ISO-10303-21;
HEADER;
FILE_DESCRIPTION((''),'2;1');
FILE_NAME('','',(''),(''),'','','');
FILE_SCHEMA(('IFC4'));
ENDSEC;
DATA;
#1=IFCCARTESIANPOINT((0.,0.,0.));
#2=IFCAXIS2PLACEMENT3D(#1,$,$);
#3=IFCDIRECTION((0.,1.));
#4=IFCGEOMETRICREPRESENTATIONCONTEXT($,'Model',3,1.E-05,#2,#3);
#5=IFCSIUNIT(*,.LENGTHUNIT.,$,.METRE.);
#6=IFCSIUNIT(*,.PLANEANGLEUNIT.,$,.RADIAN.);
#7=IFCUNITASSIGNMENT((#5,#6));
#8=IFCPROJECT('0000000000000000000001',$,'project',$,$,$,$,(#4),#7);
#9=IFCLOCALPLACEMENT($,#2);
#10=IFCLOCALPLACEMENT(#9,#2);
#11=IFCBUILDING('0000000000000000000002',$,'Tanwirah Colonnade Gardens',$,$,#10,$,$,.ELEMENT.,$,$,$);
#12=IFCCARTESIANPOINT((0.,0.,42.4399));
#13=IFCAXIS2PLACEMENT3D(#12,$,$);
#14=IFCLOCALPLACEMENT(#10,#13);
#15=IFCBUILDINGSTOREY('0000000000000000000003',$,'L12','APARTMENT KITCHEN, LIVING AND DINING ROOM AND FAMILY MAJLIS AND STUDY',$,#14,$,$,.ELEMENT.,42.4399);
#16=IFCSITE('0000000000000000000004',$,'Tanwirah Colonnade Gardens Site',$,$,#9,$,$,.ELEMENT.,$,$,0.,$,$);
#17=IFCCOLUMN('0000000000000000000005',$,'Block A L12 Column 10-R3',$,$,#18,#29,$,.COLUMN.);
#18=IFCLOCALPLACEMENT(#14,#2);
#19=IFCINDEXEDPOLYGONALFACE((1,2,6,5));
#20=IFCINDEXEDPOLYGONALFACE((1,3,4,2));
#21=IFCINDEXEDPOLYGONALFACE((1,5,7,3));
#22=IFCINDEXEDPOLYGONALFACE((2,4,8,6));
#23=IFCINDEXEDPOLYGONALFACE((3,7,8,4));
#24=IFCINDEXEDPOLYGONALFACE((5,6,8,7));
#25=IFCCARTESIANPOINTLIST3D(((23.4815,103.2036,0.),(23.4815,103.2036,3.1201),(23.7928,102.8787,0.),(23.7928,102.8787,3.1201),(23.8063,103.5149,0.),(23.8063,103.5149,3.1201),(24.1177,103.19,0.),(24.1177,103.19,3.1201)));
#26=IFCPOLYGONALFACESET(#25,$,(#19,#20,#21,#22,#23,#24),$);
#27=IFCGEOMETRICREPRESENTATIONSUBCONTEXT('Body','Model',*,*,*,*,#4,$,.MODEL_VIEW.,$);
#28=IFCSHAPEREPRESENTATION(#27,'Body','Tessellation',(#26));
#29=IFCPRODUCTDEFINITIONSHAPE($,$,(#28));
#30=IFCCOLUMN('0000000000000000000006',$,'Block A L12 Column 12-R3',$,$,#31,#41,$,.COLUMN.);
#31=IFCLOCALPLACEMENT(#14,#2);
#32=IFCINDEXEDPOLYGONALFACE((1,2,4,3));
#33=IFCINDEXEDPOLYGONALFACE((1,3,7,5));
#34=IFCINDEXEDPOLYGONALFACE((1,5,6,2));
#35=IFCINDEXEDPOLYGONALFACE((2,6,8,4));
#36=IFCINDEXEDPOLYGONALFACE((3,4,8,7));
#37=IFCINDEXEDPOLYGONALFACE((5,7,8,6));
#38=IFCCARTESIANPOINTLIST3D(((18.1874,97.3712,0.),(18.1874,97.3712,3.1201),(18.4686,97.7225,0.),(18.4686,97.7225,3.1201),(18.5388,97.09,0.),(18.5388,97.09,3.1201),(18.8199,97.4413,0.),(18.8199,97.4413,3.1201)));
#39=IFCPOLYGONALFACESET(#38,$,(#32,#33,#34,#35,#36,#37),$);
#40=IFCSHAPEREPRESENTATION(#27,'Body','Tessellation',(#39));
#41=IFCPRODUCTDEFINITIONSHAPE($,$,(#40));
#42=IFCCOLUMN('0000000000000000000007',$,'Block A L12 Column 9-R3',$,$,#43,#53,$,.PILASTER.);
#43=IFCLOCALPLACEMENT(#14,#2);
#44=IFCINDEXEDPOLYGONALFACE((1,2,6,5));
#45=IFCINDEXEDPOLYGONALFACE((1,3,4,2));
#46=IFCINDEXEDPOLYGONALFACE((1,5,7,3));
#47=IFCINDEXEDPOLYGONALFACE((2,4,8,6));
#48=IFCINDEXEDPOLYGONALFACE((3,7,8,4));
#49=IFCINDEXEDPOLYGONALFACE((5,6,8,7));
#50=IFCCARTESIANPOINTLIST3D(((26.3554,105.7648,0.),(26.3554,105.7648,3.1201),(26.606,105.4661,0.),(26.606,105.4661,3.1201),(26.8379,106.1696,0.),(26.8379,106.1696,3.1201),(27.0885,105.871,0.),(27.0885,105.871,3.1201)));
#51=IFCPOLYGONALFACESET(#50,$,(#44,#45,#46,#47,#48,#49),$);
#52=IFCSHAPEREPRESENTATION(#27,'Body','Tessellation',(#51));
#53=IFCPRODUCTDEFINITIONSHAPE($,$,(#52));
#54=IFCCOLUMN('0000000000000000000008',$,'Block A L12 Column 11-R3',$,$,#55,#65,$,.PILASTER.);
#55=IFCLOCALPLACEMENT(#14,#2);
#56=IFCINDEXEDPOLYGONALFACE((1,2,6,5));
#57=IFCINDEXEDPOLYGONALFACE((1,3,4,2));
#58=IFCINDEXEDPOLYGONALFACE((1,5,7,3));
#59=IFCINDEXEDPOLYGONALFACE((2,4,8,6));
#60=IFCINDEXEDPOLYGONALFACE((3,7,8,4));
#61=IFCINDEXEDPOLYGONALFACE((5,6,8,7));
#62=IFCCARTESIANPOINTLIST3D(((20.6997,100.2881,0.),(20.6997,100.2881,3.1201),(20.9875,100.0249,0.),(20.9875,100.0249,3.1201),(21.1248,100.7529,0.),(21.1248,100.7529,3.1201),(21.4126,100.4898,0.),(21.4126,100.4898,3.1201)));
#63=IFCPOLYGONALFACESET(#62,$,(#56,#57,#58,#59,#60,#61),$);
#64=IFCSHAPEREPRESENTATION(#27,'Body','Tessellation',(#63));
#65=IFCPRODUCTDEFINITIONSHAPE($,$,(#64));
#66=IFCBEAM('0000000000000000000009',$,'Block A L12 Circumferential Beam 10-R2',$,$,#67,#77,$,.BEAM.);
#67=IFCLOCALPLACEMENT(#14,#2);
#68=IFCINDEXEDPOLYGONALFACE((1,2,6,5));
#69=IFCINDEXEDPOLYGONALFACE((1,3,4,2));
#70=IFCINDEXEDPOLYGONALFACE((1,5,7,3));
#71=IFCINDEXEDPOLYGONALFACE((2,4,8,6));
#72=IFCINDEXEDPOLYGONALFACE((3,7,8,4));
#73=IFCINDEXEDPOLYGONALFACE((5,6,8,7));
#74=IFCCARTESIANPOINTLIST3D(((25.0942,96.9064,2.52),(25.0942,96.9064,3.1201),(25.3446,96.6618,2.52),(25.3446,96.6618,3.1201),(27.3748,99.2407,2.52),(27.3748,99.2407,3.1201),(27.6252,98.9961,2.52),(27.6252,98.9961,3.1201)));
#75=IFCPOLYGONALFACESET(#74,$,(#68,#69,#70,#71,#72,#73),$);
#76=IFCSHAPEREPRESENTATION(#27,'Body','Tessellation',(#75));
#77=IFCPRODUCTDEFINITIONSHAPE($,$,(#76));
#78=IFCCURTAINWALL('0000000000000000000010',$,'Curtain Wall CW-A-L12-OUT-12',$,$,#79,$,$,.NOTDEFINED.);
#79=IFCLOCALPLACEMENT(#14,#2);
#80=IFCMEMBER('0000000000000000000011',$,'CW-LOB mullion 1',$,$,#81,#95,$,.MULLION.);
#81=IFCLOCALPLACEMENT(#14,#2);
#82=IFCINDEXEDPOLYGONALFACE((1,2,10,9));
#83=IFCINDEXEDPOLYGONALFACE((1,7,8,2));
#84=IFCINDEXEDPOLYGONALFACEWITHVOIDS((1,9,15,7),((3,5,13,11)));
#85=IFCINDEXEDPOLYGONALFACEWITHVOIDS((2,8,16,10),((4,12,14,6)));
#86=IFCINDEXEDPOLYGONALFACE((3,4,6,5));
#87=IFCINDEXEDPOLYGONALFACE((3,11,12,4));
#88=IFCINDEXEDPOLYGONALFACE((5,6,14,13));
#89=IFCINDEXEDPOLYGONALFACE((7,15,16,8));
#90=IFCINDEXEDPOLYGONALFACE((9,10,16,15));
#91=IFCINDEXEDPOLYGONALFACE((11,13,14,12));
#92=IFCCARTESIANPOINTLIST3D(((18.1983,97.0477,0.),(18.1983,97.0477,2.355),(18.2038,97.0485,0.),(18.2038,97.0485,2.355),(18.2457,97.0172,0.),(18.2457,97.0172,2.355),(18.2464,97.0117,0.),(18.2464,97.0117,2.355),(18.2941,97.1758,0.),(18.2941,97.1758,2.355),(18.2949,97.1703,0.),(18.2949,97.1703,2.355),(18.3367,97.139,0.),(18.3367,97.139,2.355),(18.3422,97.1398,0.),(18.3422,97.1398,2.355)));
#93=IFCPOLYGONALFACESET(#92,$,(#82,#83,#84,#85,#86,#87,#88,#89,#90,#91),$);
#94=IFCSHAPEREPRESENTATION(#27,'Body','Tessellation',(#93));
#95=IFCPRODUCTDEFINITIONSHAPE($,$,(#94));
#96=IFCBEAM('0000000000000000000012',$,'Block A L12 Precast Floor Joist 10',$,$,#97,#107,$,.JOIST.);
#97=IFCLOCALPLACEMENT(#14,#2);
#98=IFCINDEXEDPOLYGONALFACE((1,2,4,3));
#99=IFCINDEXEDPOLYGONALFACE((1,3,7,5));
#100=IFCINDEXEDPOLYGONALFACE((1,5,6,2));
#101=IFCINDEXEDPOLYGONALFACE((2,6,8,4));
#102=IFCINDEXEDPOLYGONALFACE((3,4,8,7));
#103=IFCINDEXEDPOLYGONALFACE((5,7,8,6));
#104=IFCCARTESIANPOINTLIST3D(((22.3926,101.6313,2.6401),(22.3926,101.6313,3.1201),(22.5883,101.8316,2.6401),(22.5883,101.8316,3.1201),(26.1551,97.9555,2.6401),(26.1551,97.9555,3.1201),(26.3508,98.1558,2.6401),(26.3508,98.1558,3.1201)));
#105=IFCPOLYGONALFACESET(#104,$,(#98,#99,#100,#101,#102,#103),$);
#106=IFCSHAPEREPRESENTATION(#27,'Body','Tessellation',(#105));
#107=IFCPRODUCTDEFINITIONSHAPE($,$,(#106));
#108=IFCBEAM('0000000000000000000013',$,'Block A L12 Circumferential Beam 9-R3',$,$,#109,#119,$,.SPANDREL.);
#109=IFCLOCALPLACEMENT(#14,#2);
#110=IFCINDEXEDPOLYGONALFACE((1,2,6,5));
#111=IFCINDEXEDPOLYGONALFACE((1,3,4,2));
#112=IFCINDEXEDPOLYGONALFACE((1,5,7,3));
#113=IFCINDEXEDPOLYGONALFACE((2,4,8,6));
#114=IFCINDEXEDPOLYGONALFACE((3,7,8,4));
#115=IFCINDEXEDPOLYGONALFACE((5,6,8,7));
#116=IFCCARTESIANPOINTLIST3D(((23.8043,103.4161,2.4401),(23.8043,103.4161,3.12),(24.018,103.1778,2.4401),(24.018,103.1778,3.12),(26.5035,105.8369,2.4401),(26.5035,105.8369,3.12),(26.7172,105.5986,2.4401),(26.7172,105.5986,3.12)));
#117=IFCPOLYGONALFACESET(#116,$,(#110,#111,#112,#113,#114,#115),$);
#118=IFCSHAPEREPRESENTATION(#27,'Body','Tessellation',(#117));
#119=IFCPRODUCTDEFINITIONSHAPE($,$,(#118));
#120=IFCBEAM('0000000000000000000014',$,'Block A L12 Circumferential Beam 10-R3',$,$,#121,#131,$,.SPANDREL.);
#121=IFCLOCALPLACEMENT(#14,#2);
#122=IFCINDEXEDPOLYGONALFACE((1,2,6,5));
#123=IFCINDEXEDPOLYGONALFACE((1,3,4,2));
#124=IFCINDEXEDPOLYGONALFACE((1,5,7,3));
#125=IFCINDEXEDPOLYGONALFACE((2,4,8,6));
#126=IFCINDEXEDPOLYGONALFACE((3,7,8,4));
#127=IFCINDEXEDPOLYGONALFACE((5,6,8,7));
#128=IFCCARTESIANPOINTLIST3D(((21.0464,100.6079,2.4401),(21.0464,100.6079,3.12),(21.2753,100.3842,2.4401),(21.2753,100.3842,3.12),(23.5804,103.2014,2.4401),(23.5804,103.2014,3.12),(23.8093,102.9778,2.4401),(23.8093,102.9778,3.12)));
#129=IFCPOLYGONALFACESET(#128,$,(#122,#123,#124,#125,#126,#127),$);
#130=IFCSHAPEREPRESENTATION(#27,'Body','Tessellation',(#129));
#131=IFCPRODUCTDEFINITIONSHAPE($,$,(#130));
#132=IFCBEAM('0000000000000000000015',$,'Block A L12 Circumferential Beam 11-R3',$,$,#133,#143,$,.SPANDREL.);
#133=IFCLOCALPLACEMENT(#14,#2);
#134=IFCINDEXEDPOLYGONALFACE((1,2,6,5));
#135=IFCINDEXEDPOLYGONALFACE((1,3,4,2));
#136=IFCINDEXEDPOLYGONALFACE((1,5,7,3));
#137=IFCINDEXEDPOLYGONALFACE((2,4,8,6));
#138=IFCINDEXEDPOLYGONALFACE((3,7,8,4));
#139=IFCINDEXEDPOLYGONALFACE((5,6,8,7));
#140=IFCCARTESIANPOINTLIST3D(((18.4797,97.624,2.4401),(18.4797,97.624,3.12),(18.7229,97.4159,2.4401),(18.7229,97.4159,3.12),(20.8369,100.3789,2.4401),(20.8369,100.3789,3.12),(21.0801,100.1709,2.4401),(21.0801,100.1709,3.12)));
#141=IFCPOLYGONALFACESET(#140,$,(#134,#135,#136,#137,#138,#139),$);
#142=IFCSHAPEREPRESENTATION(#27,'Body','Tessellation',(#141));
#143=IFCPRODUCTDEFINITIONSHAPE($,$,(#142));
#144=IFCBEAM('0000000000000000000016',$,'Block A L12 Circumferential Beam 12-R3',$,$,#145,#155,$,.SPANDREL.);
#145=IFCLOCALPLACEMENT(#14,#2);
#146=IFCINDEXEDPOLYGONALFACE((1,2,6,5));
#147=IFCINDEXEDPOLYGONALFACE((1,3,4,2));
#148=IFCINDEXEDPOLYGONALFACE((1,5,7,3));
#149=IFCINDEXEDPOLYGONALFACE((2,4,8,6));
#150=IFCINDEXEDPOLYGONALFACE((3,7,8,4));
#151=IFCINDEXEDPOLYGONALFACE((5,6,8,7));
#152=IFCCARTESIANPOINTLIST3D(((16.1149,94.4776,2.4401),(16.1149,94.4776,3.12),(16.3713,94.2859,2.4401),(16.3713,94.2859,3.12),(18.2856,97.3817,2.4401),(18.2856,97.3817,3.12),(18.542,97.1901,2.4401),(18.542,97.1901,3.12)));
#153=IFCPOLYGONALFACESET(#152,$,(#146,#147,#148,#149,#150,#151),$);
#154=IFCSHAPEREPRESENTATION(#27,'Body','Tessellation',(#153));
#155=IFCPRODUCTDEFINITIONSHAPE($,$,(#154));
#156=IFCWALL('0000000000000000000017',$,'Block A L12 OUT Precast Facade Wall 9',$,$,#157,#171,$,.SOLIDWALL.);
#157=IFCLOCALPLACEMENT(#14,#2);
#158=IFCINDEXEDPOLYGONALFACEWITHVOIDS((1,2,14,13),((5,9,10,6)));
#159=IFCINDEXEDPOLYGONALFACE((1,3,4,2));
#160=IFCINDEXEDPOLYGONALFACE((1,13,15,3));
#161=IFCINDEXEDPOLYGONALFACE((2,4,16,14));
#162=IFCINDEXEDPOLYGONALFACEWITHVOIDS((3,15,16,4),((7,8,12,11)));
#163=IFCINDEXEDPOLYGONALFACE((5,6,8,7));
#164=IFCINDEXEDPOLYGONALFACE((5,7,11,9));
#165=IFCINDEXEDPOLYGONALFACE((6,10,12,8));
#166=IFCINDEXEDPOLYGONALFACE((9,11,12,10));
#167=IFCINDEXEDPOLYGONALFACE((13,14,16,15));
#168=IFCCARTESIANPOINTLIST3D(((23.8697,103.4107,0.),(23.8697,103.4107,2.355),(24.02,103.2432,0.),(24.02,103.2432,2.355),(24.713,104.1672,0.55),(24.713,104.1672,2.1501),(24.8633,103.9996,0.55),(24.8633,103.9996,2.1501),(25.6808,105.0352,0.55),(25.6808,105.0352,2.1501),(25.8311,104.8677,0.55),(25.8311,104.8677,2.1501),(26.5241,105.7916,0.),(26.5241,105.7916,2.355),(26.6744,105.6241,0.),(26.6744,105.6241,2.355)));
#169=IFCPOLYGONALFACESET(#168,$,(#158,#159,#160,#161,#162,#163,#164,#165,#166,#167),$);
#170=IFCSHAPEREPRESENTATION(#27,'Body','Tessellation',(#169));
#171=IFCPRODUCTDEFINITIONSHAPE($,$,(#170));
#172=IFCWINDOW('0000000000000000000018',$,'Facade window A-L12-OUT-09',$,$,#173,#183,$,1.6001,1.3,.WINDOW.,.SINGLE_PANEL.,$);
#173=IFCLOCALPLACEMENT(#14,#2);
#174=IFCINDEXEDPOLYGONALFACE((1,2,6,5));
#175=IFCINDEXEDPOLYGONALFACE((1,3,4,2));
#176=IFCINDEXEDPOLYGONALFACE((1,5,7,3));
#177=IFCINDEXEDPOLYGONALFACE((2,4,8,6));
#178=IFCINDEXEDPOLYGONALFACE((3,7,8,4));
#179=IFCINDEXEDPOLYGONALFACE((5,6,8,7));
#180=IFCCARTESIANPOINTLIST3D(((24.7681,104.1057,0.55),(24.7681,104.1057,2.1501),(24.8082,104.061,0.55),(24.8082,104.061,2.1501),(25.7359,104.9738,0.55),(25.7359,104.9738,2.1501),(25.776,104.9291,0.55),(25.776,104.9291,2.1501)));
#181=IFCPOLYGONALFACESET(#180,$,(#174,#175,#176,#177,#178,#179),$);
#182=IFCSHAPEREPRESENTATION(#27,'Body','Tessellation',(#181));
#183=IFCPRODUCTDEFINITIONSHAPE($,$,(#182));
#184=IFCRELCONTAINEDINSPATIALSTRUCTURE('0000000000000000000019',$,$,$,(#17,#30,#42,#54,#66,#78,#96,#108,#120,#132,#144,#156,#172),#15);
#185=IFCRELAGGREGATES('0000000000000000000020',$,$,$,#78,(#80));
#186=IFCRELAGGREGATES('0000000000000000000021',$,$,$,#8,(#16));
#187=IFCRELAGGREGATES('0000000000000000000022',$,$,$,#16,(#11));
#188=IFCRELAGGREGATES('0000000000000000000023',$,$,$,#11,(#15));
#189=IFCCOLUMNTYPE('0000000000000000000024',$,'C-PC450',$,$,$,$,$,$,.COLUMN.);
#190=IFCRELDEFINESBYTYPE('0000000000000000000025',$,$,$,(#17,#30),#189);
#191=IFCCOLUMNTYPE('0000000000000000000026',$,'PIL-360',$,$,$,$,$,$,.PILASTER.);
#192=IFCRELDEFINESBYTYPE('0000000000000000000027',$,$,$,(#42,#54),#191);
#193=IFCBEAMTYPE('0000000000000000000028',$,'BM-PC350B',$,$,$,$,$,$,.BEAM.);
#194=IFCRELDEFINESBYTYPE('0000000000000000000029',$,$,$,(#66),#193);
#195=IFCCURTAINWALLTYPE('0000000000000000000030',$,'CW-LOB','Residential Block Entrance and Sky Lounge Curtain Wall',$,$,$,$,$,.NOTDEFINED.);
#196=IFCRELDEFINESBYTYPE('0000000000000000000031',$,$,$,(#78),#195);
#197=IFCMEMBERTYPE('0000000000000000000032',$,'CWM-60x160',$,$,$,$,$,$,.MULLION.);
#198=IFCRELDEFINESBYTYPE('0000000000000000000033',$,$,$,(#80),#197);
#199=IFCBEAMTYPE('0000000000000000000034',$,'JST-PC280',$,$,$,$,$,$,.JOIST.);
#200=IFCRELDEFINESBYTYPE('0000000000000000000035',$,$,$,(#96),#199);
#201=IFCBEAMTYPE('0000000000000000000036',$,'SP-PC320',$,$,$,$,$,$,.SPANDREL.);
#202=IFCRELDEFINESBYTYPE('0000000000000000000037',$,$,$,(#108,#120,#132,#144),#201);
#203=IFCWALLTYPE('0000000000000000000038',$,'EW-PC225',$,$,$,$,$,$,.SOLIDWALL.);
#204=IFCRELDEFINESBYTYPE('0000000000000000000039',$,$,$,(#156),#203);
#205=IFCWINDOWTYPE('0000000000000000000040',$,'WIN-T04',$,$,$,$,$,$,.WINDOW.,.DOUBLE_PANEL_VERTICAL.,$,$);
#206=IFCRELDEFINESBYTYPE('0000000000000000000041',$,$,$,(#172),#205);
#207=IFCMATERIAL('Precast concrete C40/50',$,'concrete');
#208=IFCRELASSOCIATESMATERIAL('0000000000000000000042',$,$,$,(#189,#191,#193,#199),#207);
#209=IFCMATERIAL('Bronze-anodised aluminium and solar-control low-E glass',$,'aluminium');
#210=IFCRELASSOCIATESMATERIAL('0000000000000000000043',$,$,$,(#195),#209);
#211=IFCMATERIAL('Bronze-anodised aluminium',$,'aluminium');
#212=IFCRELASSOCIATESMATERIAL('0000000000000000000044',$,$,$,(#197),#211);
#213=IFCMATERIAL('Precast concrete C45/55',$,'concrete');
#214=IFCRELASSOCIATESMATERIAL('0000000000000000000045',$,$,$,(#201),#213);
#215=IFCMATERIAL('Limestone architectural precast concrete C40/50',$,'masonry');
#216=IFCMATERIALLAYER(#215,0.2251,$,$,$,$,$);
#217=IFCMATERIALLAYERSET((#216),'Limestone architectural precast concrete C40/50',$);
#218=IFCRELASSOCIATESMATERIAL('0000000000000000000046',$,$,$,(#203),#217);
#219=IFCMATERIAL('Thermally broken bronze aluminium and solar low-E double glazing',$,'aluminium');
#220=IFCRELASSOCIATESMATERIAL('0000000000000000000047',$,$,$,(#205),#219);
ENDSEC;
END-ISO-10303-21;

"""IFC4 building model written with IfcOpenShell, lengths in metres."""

from ifc_helpers import new_model, si_unit, direction, frame, frame_2d, origin, origin_2d, place, context, subcontext, project, spatial, rectangle, hollow_rectangle, extrude, material, layer, layer_set, material_profile, profile_set, type_object, element, fill, aggregate, save


model = new_model("IFC4")

# Units and contexts
model_context = context("Model", 3, precision=1e-05, world=origin(), true_north=direction((0.0, 1.0)))
body_context = subcontext(model_context, "Body", "Model", "MODEL_VIEW")
ifc_project = project(units=[si_unit("LENGTHUNIT", "METRE"), si_unit("PLANEANGLEUNIT", "RADIAN")], contexts=[model_context])

# Site, building, storey
site_placement = place(None, origin())
site = spatial("IfcSite", under=ifc_project, at=site_placement, Name="Tanwirah Colonnade Gardens Site", CompositionType="ELEMENT", RefElevation=0.0)
building_placement = place(site_placement, origin())
building = spatial("IfcBuilding", under=site, at=building_placement, Name="Tanwirah Colonnade Gardens", CompositionType="ELEMENT")
storey_placement = place(building_placement, frame((0.0, 0.0, 42.4399)))
storey = spatial("IfcBuildingStorey", under=building, at=storey_placement, Name="L12", Description="APARTMENT KITCHEN, LIVING AND DINING ROOM AND FAMILY MAJLIS AND STUDY", CompositionType="ELEMENT", Elevation=42.4399)

# Columns
ifc_material_1 = material(Name="Precast concrete C40/50", Category="concrete")
ifc_material_profile_1 = material_profile(ifc_material_1, rectangle(XDim=0.45, YDim=0.45, at=origin_2d()), Name="PC-COL 450x450")
ifc_profile_set_1 = profile_set([ifc_material_profile_1], Name="Precast concrete C40/50")
column_type_1 = type_object("IfcColumnType", Name="C-PC450", PredefinedType="COLUMN", material=ifc_profile_set_1)
for number, where, z_axis, x_axis, name in (
    (1, (23.7996, 103.1968, 0.0), (0.0, 0.0, 1.0), (-0.691863, 0.722029, 0.0), "Block A L12 Column 10-R3"),
    (2, (18.5037, 97.4062, 0.0), (0.0, 0.0, 1.0), (-0.780794, 0.624788, 0.0), "Block A L12 Column 12-R3"),
):
    element("IfcColumn", number, at=place(storey_placement, frame(where, z_axis=z_axis, x_axis=x_axis)), inside=storey, type_object=column_type_1, Name=name, PredefinedType="COLUMN", context=body_context, shape_type="SweptSolid", body=[
        extrude(rectangle(XDim=0.45, YDim=0.45, at=origin_2d()), origin(), (0.0, 0.0, 1.0), 3.1201),
    ])
ifc_material_profile_2 = material_profile(ifc_material_1, rectangle(XDim=0.3899, YDim=0.6299, at=origin_2d()), Name="PC-PIL 390x630")
ifc_profile_set_2 = profile_set([ifc_material_profile_2], Name="Precast concrete C40/50")
column_type_2 = type_object("IfcColumnType", Name="PIL-360", PredefinedType="PILASTER", material=ifc_profile_set_2)
for number, where, z_axis, x_axis, name in (
    (3, (26.7219, 105.8179, 0.0), (0.0, 0.0, 1.0), (-0.642788, 0.766044, 0.0), "Block A L12 Column 9-R3"),
    (4, (21.0562, 100.3889, 0.0), (0.0, 0.0, 1.0), (-0.737932, 0.674875, 0.0), "Block A L12 Column 11-R3"),
):
    element("IfcColumn", number, at=place(storey_placement, frame(where, z_axis=z_axis, x_axis=x_axis)), inside=storey, type_object=column_type_2, Name=name, PredefinedType="PILASTER", context=body_context, shape_type="SweptSolid", body=[
        extrude(rectangle(XDim=0.3899, YDim=0.6299, at=origin_2d()), origin(), (0.0, 0.0, 1.0), 3.1201),
    ])

# Beam
ifc_material_profile_3 = material_profile(ifc_material_1, rectangle(XDim=0.3501, YDim=0.6001, at=origin_2d()), Name="PC-BM 350x600")
ifc_profile_set_3 = profile_set([ifc_material_profile_3], Name="Precast concrete C40/50")
beam_type_1 = type_object("IfcBeamType", Name="BM-PC350B", PredefinedType="BEAM", material=ifc_profile_set_3)
beam_1_placement = place(storey_placement, frame((27.5, 99.1184, 2.8201), z_axis=(-0.698829, -0.715288, 0.0), x_axis=(0.715288, -0.698829, 0.0)))
element("IfcBeam", 5, at=beam_1_placement, inside=storey, type_object=beam_type_1, Name="Block A L12 Circumferential Beam 10-R2", PredefinedType="BEAM", context=body_context, shape_type="SweptSolid", body=[
    extrude(rectangle(XDim=0.3501, YDim=0.6001, at=origin_2d()), origin(), (0.0, 0.0, 1.0), 3.2634),
])

# Curtain wall, member
ifc_material_2 = material(Name="Bronze-anodised aluminium and solar-control low-E glass", Category="aluminium")
curtain_wall_type = type_object("IfcCurtainWallType", Name="CW-LOB", Description="Residential Block Entrance and Sky Lounge Curtain Wall", PredefinedType="NOTDEFINED", material=ifc_material_2)
curtain_wall_placement = place(storey_placement, origin())
curtain_wall = element("IfcCurtainWall", 6, at=curtain_wall_placement, inside=storey, type_object=curtain_wall_type, Name="Curtain Wall CW-A-L12-OUT-12", PredefinedType="NOTDEFINED")
ifc_material_3 = material(Name="Bronze-anodised aluminium", Category="aluminium")
ifc_material_profile_4 = material_profile(ifc_material_3, hollow_rectangle(XDim=0.0601, YDim=0.1599, WallThickness=0.0039, at=origin_2d()), Name="CW-MUL 60x160x4")
ifc_profile_set_4 = profile_set([ifc_material_profile_4], Name="Bronze-anodised aluminium")
member_type = type_object("IfcMemberType", Name="CWM-60x160", PredefinedType="MULLION", material=ifc_profile_set_4)
member_placement = place(storey_placement, frame((18.2703, 97.0938, 0.0), z_axis=(0.0, 0.0, 1.0), x_axis=(0.800963, -0.598714, 0.0)))
member = element("IfcMember", 7, at=member_placement, type_object=member_type, Name="CW-LOB mullion 1", PredefinedType="MULLION", context=body_context, shape_type="SweptSolid", body=[
    extrude(hollow_rectangle(XDim=0.0601, YDim=0.1599, WallThickness=0.0039, at=origin_2d()), origin(), (0.0, 0.0, 1.0), 2.355),
])
aggregate(curtain_wall, [member])

# Beams
ifc_material_profile_5 = material_profile(ifc_material_1, rectangle(XDim=0.28, YDim=0.48, at=origin_2d()), Name="PC-JST 280x480")
ifc_profile_set_5 = profile_set([ifc_material_profile_5], Name="Precast concrete C40/50")
beam_type_2 = type_object("IfcBeamType", Name="JST-PC280", PredefinedType="JOIST", material=ifc_profile_set_5)
beam_2_placement = place(storey_placement, frame((26.2529, 98.0557, 2.8801), z_axis=(-0.715297, 0.69882, 0.0), x_axis=(-0.69882, -0.715297, 0.0)))
element("IfcBeam", 8, at=beam_2_placement, inside=storey, type_object=beam_type_2, Name="Block A L12 Precast Floor Joist 10", PredefinedType="JOIST", context=body_context, shape_type="SweptSolid", body=[
    extrude(rectangle(XDim=0.28, YDim=0.48, at=origin_2d()), origin(), (0.0, 0.0, 1.0), 5.26),
])
ifc_material_4 = material(Name="Precast concrete C45/55", Category="concrete")
ifc_material_profile_6 = material_profile(ifc_material_4, rectangle(XDim=0.3201, YDim=0.6799, at=origin_2d()), Name="PC-SP 320x680")
ifc_profile_set_6 = profile_set([ifc_material_profile_6], Name="Precast concrete C45/55")
beam_type_3 = type_object("IfcBeamType", Name="SP-PC320", PredefinedType="SPANDREL", material=ifc_profile_set_6)
beam_3_placement = place(storey_placement, frame((26.6104, 105.7178, 2.78), z_axis=(-0.744445, -0.667684, 0.0), x_axis=(0.667684, -0.744445, 0.0)))
element("IfcBeam", 9, at=beam_3_placement, inside=storey, type_object=beam_type_3, Name="Block A L12 Circumferential Beam 9-R3", PredefinedType="SPANDREL", context=body_context, shape_type="SweptSolid", body=[
    extrude(rectangle(XDim=0.3201, YDim=0.6799, at=origin_2d()), origin(), (0.0, 0.0, 1.0), 3.6257),
])
beam_4_placement = place(storey_placement, frame((23.6948, 103.0896, 2.78), z_axis=(-0.698844, -0.715274, 0.0), x_axis=(0.715274, -0.698844, 0.0)))
element("IfcBeam", 10, at=beam_4_placement, inside=storey, type_object=beam_type_3, Name="Block A L12 Circumferential Beam 10-R3", PredefinedType="SPANDREL", context=body_context, shape_type="SweptSolid", body=[
    extrude(rectangle(XDim=0.3201, YDim=0.6799, at=origin_2d()), origin(), (0.0, 0.0, 1.0), 3.626),
])
for number, where, z_axis, x_axis, name in (
    (11, (20.9585, 100.2749, 2.78), (-0.650131, -0.759822, 0.0), (0.759822, -0.650131, 0.0), "Block A L12 Circumferential Beam 11-R3"),
    (12, (18.4138, 97.2859, 2.78), (-0.598696, -0.800977, 0.0), (0.800977, -0.598696, 0.0), "Block A L12 Circumferential Beam 12-R3"),
):
    element("IfcBeam", number, at=place(storey_placement, frame(where, z_axis=z_axis, x_axis=x_axis)), inside=storey, type_object=beam_type_3, Name=name, PredefinedType="SPANDREL", context=body_context, shape_type="SweptSolid", body=[
        extrude(rectangle(XDim=0.3201, YDim=0.6799, at=origin_2d()), origin(), (0.0, 0.0, 1.0), 3.6257),
    ])

# Wall, opening, window
ifc_material_5 = material(Name="Limestone architectural precast concrete C40/50", Category="masonry")
ifc_layer_1 = layer(ifc_material_5, 0.2251)
ifc_layer_set_1 = layer_set([ifc_layer_1], Name="Limestone architectural precast concrete C40/50")
wall_type_1 = type_object("IfcWallType", Name="EW-PC225", PredefinedType="SOLIDWALL", material=ifc_layer_set_1)
wall_1_placement = place(storey_placement, frame((26.5991, 105.7078, 0.0), z_axis=(0.0, 0.0, 1.0), x_axis=(-0.74441, -0.667723, 0.0)))
wall_1 = element("IfcWall", 13, at=wall_1_placement, inside=storey, type_object=wall_type_1, Name="Block A L12 OUT Precast Facade Wall 9", PredefinedType="SOLIDWALL", context=body_context, shape_type="SweptSolid", body=[
    extrude(rectangle(XDim=3.5657, YDim=0.2251, at=frame_2d((1.7827, 0.0))), origin(), (0.0, 0.0, 1.0), 2.355),
])
opening_1_placement = place(wall_1_placement, frame((1.1328, 0.0, 0.55)))
opening_1 = element("IfcOpeningElement", 14, at=opening_1_placement, cuts=wall_1, PredefinedType="OPENING", context=body_context, shape_type="SweptSolid", body=[
    extrude(rectangle(XDim=1.3, YDim=1.6001, at=frame_2d((0.6499, 0.8))), frame((0.0, 0.1226, 0.0), z_axis=(0.0, -1.0, 0.0), x_axis=(1.0, 0.0, 0.0)), (0.0, 0.0, 1.0), 0.2451),
])
ifc_material_6 = material(Name="Thermally broken bronze aluminium and solar low-E double glazing", Category="aluminium")
window_type_1 = type_object("IfcWindowType", Name="WIN-T04", PartitioningType="DOUBLE_PANEL_VERTICAL", PredefinedType="WINDOW", material=ifc_material_6)
window_1_placement = place(opening_1_placement, origin())
window_1 = element("IfcWindow", 15, at=window_1_placement, inside=storey, type_object=window_type_1, Name="Facade window A-L12-OUT-09", OverallHeight=1.6001, OverallWidth=1.3, PartitioningType="SINGLE_PANEL", PredefinedType="WINDOW", context=body_context, shape_type="SweptSolid", body=[
    extrude(rectangle(XDim=1.3, YDim=1.6001, at=frame_2d((0.6499, 0.8))), frame((0.0, 0.03, 0.0), z_axis=(0.0, -1.0, 0.0), x_axis=(1.0, 0.0, 0.0)), (0.0, 0.0, 1.0), 0.0601),
])
fill(opening_1, window_1)

save(model, "model.ifc")
